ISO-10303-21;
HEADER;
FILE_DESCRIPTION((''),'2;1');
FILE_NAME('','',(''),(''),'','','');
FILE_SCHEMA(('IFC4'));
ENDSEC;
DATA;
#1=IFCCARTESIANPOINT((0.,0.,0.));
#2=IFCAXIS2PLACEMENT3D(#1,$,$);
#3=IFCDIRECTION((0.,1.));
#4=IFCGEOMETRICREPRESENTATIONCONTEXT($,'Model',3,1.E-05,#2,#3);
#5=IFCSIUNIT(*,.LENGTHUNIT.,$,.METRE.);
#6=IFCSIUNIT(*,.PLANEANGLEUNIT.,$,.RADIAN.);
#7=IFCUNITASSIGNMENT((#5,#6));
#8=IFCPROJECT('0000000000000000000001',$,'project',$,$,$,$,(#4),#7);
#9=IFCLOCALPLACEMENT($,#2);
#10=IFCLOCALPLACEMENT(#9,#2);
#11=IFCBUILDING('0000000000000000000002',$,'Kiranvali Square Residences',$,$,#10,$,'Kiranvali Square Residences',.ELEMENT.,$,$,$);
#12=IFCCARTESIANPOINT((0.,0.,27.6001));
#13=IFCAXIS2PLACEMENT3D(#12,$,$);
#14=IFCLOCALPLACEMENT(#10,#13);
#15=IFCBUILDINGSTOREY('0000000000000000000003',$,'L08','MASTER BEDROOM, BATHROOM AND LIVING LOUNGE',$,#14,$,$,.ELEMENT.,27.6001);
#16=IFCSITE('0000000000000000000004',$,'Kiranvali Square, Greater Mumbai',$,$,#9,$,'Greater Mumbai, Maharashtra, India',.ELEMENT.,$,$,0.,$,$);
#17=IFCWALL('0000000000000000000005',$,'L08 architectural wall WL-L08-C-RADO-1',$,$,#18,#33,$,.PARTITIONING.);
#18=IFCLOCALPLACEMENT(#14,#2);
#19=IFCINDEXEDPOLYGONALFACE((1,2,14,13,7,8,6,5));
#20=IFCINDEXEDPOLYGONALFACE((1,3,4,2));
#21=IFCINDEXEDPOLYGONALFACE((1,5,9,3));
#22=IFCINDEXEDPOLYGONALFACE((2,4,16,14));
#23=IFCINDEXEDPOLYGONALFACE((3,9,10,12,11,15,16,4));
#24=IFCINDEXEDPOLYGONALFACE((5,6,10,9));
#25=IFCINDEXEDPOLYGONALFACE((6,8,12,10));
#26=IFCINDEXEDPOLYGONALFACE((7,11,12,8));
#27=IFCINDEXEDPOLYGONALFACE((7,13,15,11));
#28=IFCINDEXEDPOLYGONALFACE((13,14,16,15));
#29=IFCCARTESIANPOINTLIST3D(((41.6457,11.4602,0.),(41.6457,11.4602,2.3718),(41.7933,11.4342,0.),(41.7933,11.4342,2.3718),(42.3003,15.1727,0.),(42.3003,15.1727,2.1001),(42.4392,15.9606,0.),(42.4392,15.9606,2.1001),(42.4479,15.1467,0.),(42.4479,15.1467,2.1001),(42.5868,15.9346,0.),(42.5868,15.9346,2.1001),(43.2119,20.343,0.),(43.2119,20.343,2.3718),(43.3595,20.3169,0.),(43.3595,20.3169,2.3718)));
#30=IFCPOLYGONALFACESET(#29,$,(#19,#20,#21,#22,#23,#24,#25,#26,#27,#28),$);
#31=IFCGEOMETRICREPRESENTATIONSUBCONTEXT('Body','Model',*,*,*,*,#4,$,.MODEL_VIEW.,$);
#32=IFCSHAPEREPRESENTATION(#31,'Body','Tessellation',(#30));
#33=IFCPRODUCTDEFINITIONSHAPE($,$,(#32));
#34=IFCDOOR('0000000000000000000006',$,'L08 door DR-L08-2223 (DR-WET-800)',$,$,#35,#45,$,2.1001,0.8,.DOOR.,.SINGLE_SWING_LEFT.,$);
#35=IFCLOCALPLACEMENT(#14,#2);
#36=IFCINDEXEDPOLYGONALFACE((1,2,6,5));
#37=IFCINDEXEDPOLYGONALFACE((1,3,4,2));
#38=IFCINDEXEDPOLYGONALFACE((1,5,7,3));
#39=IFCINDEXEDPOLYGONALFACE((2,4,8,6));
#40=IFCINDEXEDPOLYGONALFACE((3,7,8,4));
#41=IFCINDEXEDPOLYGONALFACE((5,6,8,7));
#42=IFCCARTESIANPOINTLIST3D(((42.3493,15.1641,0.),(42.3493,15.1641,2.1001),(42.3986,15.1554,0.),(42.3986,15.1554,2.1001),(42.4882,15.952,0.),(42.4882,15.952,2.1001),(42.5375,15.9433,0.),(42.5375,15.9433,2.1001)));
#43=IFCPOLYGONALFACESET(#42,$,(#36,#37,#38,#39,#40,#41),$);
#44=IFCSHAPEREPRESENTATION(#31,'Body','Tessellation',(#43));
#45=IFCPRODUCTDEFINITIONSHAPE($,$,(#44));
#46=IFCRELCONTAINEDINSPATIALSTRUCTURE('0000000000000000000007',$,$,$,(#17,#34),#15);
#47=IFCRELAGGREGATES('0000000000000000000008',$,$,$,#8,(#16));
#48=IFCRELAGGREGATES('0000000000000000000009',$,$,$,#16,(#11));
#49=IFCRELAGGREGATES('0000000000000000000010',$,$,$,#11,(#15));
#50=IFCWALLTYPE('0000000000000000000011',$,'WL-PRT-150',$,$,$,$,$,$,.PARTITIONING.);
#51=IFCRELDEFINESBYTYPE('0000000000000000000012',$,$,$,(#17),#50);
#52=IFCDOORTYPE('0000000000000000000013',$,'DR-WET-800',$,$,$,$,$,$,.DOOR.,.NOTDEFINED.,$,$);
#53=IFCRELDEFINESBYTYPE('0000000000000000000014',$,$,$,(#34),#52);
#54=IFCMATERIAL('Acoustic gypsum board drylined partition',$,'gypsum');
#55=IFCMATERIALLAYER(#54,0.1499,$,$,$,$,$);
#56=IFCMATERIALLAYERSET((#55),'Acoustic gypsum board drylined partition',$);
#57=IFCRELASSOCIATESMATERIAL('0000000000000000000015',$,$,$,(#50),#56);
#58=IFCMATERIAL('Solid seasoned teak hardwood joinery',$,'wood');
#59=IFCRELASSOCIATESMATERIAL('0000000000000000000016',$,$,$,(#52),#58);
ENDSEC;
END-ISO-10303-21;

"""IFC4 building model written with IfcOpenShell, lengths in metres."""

from ifc_helpers import new_model, si_unit, direction, frame, frame_2d, origin, place, context, subcontext, project, spatial, rectangle, extrude, material, layer, layer_set, type_object, element, fill, save


model = new_model("IFC4")

# Units and contexts
model_context = context("Model", 3, precision=1e-05, world=origin(), true_north=direction((0.0, 1.0)))
body_context = subcontext(model_context, "Body", "Model", "MODEL_VIEW")
ifc_project = project(units=[si_unit("LENGTHUNIT", "METRE"), si_unit("PLANEANGLEUNIT", "RADIAN")], contexts=[model_context])

# Site, building, storey
site_placement = place(None, origin())
site = spatial("IfcSite", under=ifc_project, at=site_placement, Name="Kiranvali Square, Greater Mumbai", LongName="Greater Mumbai, Maharashtra, India", CompositionType="ELEMENT", RefElevation=0.0)
building_placement = place(site_placement, origin())
building = spatial("IfcBuilding", under=site, at=building_placement, Name="Kiranvali Square Residences", LongName="Kiranvali Square Residences", CompositionType="ELEMENT")
storey_placement = place(building_placement, frame((0.0, 0.0, 27.6001)))
storey = spatial("IfcBuildingStorey", under=building, at=storey_placement, Name="L08", Description="MASTER BEDROOM, BATHROOM AND LIVING LOUNGE", CompositionType="ELEMENT", Elevation=27.6001)

# Wall, opening, door
ifc_material_1 = material(Name="Acoustic gypsum board drylined partition", Category="gypsum")
ifc_layer_1 = layer(ifc_material_1, 0.1499)
ifc_layer_set_1 = layer_set([ifc_layer_1], Name="Acoustic gypsum board drylined partition")
wall_type_1 = type_object("IfcWallType", Name="WL-PRT-150", PredefinedType="PARTITIONING", material=ifc_layer_set_1)
wall_1_placement = place(storey_placement, frame((43.2856, 20.3298, 0.0), z_axis=(0.0, 0.0, 1.0), x_axis=(-0.173636, -0.98481, 0.0)))
wall_1 = element("IfcWall", 1, at=wall_1_placement, inside=storey, type_object=wall_type_1, Name="L08 architectural wall WL-L08-C-RADO-1", PredefinedType="PARTITIONING", context=body_context, shape_type="SweptSolid", body=[
    extrude(rectangle(XDim=9.0198, YDim=0.1499, at=frame_2d((4.5098, 0.0))), origin(), (0.0, 0.0, 1.0), 2.3718),
])
opening_1_placement = place(wall_1_placement, frame((4.45, 0.0, 0.0)))
opening_1 = element("IfcOpeningElement", 2, at=opening_1_placement, cuts=wall_1, PredefinedType="OPENING", context=body_context, shape_type="SweptSolid", body=[
    extrude(rectangle(XDim=0.8, YDim=2.1001, at=frame_2d((0.3999, 1.05))), frame((0.0, 0.085, 0.0), z_axis=(0.0, -1.0, 0.0), x_axis=(1.0, 0.0, 0.0)), (0.0, 0.0, 1.0), 0.1699),
])
ifc_material_2 = material(Name="Solid seasoned teak hardwood joinery", Category="wood")
door_type_1 = type_object("IfcDoorType", Name="DR-WET-800", OperationType="NOTDEFINED", PredefinedType="DOOR", material=ifc_material_2)
door_1_placement = place(opening_1_placement, origin())
door_1 = element("IfcDoor", 3, at=door_1_placement, inside=storey, type_object=door_type_1, Name="L08 door DR-L08-2223 (DR-WET-800)", OperationType="SINGLE_SWING_LEFT", OverallHeight=2.1001, OverallWidth=0.8, PredefinedType="DOOR", context=body_context, shape_type="SweptSolid", body=[
    extrude(rectangle(XDim=0.8, YDim=2.1001, at=frame_2d((0.3999, 1.05))), frame((0.0, 0.0249, 0.0), z_axis=(0.0, -1.0, 0.0), x_axis=(1.0, 0.0, 0.0)), (0.0, 0.0, 1.0), 0.05),
])
fill(opening_1, door_1)

save(model, "model.ifc")
